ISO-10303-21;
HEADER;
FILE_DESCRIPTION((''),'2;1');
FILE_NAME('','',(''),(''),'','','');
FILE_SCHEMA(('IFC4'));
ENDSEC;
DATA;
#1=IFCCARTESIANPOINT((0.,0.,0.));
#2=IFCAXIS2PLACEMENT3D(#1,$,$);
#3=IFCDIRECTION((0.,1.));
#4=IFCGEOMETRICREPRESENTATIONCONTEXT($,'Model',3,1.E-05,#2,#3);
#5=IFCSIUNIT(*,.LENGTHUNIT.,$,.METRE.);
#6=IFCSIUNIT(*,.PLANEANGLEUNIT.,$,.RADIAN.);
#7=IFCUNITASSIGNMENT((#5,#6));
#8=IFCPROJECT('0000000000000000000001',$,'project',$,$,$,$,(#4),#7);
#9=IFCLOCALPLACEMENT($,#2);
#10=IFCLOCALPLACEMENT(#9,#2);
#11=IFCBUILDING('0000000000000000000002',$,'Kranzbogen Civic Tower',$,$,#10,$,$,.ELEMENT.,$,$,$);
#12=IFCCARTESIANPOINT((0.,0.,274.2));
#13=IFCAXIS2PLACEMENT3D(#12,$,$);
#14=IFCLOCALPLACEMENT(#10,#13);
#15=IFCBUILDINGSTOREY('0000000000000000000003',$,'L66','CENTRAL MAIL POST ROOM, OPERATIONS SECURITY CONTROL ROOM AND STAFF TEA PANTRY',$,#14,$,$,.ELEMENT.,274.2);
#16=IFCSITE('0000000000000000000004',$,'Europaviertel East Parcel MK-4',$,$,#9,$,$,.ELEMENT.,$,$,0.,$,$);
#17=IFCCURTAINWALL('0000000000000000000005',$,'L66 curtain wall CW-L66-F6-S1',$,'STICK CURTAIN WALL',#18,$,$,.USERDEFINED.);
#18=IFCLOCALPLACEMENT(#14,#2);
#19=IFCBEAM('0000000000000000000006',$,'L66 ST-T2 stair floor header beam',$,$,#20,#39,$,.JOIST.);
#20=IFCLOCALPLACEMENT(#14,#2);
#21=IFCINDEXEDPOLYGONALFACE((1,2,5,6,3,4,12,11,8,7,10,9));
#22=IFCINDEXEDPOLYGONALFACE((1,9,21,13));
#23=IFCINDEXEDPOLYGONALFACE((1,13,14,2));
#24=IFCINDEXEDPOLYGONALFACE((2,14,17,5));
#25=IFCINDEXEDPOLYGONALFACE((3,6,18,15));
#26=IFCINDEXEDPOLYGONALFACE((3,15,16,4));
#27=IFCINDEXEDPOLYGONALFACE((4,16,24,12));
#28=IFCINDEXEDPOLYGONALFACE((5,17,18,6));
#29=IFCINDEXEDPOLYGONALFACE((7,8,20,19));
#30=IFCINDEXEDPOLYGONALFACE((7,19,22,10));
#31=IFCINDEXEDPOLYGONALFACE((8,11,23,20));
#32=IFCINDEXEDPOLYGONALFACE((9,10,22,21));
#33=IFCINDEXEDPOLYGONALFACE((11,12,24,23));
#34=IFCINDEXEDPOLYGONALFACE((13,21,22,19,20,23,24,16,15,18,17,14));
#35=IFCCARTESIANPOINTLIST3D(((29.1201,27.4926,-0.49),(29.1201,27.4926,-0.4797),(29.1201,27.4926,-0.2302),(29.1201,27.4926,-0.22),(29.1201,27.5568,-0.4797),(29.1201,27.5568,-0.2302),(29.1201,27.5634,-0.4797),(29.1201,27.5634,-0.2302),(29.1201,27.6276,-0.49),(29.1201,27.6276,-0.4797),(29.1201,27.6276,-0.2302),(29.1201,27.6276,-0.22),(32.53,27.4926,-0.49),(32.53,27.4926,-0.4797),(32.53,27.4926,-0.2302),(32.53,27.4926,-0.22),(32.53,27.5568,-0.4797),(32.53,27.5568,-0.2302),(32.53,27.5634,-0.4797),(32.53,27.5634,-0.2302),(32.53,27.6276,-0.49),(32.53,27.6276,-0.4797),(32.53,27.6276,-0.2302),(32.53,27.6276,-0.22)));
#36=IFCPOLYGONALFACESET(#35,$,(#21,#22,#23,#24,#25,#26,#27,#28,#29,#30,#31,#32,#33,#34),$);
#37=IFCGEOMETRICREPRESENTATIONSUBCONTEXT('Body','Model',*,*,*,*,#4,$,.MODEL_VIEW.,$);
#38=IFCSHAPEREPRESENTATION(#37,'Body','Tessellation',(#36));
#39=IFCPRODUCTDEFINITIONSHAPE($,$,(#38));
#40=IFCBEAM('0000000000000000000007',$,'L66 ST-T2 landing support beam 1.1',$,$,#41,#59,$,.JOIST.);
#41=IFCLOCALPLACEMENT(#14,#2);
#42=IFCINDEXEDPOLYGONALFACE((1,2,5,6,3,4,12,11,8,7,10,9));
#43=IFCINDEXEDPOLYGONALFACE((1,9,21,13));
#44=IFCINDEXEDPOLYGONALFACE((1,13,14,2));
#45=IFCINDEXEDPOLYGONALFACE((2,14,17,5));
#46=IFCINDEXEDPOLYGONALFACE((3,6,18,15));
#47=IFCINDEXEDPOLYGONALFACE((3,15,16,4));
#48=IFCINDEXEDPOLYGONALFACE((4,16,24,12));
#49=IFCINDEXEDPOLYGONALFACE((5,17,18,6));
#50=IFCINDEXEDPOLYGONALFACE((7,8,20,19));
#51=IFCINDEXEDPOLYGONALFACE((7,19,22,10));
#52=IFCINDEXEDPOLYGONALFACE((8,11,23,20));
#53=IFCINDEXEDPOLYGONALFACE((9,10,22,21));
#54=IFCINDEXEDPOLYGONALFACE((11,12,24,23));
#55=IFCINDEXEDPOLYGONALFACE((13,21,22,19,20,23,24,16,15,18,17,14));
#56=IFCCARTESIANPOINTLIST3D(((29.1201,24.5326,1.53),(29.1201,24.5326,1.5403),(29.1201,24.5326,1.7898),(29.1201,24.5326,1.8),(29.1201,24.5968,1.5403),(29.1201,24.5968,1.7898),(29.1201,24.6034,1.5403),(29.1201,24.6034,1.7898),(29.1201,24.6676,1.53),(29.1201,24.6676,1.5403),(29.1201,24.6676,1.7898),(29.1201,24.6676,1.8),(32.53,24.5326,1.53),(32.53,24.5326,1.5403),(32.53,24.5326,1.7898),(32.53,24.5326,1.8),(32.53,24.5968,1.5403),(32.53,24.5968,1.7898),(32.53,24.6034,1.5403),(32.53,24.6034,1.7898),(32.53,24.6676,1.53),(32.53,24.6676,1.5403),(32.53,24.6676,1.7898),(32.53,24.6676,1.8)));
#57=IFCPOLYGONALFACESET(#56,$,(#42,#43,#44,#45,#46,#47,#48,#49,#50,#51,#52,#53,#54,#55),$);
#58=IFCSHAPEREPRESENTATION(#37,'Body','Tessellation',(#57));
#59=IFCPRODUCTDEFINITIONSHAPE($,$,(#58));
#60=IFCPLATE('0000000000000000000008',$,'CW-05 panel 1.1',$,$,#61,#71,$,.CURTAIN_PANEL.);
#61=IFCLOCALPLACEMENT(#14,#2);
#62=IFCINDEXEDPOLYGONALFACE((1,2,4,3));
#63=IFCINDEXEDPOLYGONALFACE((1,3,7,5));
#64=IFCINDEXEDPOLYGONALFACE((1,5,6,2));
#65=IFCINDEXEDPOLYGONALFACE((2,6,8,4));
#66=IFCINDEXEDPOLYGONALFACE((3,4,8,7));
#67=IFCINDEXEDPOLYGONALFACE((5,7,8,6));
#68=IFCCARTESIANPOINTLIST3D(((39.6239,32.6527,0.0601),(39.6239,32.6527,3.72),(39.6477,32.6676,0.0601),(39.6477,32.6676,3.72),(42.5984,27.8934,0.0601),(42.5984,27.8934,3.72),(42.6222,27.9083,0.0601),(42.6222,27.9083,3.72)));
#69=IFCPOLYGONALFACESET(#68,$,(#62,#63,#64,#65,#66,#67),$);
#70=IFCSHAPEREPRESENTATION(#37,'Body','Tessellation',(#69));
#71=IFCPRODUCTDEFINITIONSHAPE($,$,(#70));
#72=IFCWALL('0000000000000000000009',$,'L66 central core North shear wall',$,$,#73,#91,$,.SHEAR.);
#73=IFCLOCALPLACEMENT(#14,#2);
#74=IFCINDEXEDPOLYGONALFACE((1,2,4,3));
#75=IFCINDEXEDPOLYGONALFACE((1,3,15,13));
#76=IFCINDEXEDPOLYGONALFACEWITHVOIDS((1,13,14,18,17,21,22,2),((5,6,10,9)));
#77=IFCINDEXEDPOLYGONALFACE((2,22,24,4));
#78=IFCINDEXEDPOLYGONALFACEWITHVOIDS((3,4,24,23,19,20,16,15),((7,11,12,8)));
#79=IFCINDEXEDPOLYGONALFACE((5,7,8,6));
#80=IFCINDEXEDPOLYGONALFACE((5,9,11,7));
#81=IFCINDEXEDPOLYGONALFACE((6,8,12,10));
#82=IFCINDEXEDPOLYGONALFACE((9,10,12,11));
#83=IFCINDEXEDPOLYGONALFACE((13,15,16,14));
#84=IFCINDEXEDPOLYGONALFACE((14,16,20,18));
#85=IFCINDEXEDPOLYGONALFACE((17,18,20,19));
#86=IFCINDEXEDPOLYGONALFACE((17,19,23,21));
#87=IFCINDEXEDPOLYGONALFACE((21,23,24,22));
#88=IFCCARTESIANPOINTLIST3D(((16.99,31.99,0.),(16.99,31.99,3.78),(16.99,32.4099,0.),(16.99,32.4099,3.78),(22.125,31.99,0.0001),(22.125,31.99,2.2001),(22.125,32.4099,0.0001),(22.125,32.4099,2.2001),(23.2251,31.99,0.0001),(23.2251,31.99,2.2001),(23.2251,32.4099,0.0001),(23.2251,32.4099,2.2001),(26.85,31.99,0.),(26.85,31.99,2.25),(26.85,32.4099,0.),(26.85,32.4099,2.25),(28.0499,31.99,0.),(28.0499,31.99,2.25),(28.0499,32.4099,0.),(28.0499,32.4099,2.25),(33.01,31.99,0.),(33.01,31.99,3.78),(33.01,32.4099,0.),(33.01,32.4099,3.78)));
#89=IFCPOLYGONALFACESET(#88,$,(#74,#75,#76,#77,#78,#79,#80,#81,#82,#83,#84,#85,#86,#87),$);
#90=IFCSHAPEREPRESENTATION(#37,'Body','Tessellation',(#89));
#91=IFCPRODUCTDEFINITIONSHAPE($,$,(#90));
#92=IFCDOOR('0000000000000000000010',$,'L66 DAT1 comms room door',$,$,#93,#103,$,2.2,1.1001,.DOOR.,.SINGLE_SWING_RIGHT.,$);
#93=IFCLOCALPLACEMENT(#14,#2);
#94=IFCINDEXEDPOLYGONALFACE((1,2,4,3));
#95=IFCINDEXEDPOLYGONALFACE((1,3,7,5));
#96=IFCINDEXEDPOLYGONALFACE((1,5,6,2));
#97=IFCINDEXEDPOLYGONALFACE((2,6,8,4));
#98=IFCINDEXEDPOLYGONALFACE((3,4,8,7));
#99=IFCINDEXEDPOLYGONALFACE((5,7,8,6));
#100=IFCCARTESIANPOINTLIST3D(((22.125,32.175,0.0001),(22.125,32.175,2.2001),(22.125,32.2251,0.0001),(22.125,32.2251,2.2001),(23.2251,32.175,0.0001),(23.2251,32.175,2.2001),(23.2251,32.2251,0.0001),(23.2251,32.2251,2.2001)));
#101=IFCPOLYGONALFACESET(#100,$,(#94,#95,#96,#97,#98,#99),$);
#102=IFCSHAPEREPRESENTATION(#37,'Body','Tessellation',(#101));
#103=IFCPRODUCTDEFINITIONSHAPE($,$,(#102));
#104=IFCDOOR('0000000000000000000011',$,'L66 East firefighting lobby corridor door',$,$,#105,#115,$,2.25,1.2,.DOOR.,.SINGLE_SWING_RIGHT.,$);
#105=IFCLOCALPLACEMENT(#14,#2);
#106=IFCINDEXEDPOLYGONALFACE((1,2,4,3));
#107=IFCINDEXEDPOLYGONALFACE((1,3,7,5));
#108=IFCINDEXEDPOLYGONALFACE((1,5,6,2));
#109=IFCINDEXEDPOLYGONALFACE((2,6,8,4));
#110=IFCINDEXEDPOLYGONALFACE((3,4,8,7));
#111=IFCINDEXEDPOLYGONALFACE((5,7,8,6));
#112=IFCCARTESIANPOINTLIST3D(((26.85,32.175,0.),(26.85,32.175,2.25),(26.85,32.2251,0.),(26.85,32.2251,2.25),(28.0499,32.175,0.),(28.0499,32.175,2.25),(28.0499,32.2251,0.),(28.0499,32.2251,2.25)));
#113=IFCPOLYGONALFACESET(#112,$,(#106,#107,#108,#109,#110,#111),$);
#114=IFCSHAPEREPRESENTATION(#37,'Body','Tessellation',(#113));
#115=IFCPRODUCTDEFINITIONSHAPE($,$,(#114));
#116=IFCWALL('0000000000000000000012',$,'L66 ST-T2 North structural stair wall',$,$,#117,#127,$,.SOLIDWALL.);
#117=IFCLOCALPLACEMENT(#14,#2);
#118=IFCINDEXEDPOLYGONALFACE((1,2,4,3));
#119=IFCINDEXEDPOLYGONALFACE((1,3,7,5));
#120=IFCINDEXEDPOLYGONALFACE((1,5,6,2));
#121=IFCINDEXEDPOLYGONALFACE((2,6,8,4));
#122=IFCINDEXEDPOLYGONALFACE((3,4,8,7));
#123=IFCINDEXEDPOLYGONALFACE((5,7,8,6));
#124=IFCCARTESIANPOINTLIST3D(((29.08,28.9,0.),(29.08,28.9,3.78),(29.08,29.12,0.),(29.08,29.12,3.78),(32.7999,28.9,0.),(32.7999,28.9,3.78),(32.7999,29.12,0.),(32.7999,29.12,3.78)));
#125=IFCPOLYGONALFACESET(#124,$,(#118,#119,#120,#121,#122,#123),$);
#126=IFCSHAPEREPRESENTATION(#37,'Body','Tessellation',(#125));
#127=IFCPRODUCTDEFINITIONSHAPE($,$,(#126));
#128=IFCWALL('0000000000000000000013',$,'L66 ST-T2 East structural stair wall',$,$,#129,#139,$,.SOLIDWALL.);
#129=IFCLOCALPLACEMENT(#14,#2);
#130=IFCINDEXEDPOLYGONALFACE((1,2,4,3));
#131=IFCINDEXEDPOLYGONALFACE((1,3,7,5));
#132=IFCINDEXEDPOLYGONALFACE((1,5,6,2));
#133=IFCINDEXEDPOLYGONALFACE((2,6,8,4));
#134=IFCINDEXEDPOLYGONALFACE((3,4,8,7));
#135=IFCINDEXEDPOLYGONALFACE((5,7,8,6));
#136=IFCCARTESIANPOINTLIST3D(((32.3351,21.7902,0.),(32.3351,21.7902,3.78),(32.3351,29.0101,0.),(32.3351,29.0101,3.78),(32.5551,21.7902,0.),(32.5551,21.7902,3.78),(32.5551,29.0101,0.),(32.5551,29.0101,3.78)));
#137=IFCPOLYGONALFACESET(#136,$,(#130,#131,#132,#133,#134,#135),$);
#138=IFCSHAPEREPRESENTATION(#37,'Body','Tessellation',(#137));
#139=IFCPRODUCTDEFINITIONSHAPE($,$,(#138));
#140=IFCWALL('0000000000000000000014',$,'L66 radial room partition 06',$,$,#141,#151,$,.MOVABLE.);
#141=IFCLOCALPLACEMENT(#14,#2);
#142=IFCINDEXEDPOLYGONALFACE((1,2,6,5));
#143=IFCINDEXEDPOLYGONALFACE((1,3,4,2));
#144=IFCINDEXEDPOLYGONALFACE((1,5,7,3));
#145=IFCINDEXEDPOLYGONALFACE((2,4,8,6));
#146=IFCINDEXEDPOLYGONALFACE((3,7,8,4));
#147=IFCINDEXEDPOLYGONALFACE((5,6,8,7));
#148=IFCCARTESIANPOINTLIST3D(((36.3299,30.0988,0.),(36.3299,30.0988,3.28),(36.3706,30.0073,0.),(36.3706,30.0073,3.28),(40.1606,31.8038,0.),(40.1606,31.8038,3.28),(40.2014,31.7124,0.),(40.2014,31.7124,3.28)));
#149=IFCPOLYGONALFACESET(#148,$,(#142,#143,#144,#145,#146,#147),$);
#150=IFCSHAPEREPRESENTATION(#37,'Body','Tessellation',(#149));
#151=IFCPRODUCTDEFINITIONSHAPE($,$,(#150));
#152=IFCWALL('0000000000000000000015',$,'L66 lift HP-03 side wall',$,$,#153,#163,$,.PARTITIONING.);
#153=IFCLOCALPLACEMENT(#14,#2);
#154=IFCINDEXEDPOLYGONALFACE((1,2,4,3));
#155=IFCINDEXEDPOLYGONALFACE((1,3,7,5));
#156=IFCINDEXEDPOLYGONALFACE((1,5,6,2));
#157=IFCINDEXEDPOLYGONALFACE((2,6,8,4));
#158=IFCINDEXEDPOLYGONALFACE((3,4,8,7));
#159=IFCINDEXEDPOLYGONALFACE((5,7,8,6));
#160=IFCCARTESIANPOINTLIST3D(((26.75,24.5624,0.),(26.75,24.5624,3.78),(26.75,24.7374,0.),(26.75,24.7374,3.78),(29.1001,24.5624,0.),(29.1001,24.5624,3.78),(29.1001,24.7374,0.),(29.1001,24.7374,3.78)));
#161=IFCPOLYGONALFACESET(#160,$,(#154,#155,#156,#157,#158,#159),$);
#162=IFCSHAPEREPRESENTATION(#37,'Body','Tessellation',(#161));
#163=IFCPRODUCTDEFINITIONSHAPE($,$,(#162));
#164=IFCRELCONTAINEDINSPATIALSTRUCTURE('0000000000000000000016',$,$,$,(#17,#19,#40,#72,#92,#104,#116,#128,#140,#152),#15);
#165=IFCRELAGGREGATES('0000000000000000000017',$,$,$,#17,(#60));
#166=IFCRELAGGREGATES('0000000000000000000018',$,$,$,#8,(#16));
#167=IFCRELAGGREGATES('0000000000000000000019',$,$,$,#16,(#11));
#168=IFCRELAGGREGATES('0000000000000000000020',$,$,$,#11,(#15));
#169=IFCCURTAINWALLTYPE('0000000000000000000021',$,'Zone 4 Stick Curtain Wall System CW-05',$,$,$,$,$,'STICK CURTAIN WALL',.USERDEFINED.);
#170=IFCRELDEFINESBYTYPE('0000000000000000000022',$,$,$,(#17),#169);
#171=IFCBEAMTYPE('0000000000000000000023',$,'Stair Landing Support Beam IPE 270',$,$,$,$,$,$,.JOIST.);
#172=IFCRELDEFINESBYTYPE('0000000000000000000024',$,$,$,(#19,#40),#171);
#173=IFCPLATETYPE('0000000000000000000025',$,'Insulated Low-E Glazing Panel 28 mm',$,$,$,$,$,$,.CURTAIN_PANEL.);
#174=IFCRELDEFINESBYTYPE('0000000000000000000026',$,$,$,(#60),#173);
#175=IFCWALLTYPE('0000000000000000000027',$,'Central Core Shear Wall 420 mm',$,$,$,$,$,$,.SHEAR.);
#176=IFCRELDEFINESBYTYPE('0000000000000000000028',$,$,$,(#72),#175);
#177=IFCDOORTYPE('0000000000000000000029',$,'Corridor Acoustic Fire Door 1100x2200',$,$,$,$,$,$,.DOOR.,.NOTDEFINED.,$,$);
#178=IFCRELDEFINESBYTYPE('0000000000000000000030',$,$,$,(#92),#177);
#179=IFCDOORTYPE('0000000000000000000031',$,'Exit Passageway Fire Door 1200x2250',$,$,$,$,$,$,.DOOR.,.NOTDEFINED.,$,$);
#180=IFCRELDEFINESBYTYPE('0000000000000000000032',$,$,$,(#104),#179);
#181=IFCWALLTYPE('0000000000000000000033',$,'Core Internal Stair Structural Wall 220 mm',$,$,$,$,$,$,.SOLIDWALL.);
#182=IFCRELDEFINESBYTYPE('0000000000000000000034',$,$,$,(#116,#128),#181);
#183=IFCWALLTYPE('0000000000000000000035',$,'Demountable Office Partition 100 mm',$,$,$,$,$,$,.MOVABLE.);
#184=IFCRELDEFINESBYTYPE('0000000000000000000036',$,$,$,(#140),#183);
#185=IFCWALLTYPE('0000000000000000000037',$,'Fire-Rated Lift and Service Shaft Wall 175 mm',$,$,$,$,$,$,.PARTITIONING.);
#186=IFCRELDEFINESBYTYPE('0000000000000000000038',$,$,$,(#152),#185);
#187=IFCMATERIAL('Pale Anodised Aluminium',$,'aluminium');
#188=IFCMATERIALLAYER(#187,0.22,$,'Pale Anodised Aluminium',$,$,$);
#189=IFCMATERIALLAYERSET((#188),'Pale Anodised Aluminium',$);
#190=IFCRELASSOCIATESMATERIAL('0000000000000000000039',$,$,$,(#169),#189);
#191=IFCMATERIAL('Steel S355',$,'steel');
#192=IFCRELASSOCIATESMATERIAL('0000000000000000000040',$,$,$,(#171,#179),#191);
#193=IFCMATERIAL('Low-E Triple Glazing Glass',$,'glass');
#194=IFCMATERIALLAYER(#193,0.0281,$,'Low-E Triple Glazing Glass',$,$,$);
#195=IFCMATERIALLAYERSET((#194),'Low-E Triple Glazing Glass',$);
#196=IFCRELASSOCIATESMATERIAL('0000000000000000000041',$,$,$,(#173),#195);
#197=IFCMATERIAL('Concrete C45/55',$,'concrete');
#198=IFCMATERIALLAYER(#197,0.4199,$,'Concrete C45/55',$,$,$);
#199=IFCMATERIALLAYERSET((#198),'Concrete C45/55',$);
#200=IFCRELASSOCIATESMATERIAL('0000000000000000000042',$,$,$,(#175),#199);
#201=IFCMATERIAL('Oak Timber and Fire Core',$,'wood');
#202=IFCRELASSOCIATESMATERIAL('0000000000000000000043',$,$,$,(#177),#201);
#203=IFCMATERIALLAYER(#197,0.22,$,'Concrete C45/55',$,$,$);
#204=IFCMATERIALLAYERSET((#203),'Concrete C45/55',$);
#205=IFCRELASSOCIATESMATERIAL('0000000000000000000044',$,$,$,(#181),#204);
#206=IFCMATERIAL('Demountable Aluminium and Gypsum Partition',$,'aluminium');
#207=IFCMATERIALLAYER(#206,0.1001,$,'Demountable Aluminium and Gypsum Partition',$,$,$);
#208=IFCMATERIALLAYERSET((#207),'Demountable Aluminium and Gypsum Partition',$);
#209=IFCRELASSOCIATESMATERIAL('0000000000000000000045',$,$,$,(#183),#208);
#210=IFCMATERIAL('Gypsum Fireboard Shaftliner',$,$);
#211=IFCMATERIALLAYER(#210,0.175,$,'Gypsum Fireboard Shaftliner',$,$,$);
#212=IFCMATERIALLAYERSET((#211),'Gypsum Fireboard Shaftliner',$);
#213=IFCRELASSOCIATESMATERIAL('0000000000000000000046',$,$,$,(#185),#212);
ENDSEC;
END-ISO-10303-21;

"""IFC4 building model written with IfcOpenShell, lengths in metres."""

from ifc_helpers import new_model, si_unit, direction, frame, frame_2d, origin, origin_2d, place, context, subcontext, project, spatial, rectangle, i_section, extrude, material, layer, layer_set, material_profile, profile_set, type_object, element, fill, aggregate, save


model = new_model("IFC4")

# Units and contexts
model_context = context("Model", 3, precision=1e-05, world=origin(), true_north=direction((0.0, 1.0)))
body_context = subcontext(model_context, "Body", "Model", "MODEL_VIEW")
ifc_project = project(units=[si_unit("LENGTHUNIT", "METRE"), si_unit("PLANEANGLEUNIT", "RADIAN")], contexts=[model_context])

# Site, building, storey
site_placement = place(None, origin())
site = spatial("IfcSite", under=ifc_project, at=site_placement, Name="Europaviertel East Parcel MK-4", CompositionType="ELEMENT", RefElevation=0.0)
building_placement = place(site_placement, origin())
building = spatial("IfcBuilding", under=site, at=building_placement, Name="Kranzbogen Civic Tower", CompositionType="ELEMENT")
storey_placement = place(building_placement, frame((0.0, 0.0, 274.2)))
storey = spatial("IfcBuildingStorey", under=building, at=storey_placement, Name="L66", Description="CENTRAL MAIL POST ROOM, OPERATIONS SECURITY CONTROL ROOM AND STAFF TEA PANTRY", CompositionType="ELEMENT", Elevation=274.2)

# Shared definitions
ifc_material_1 = material(Name="Steel S355", Category="steel")

# Curtain wall
ifc_material_2 = material(Name="Pale Anodised Aluminium", Category="aluminium")
ifc_layer_1 = layer(ifc_material_2, 0.22, Name="Pale Anodised Aluminium")
ifc_layer_set_1 = layer_set([ifc_layer_1], Name="Pale Anodised Aluminium")
curtain_wall_type = type_object("IfcCurtainWallType", Name="Zone 4 Stick Curtain Wall System CW-05", ElementType="STICK CURTAIN WALL", PredefinedType="USERDEFINED", material=ifc_layer_set_1)
curtain_wall_placement = place(storey_placement, origin())
curtain_wall = element("IfcCurtainWall", 1, at=curtain_wall_placement, inside=storey, type_object=curtain_wall_type, Name="L66 curtain wall CW-L66-F6-S1", ObjectType="STICK CURTAIN WALL", PredefinedType="USERDEFINED")

# Beams
ifc_material_profile_1 = material_profile(ifc_material_1, i_section(OverallWidth=0.135, OverallDepth=0.27, WebThickness=0.0066, FlangeThickness=0.0103, at=origin_2d()), Name="IPE 270")
ifc_profile_set_1 = profile_set([ifc_material_profile_1], Name="Steel S355")
beam_type_1 = type_object("IfcBeamType", Name="Stair Landing Support Beam IPE 270", PredefinedType="JOIST", material=ifc_profile_set_1)
for number, where, z_axis, x_axis, name in (
    (2, (29.1201, 27.5601, -0.355), (1.0, 0.0, 0.0), (0.0, 1.0, 0.0), "L66 ST-T2 stair floor header beam"),
    (3, (29.1201, 24.6001, 1.665), (1.0, 0.0, 0.0), (0.0, 1.0, 0.0), "L66 ST-T2 landing support beam 1.1"),
):
    element("IfcBeam", number, at=place(storey_placement, frame(where, z_axis=z_axis, x_axis=x_axis)), inside=storey, type_object=beam_type_1, Name=name, PredefinedType="JOIST", context=body_context, shape_type="SweptSolid", body=[
        extrude(i_section(OverallWidth=0.135, OverallDepth=0.27, WebThickness=0.0066, FlangeThickness=0.0103, at=origin_2d()), origin(), (0.0, 0.0, 1.0), 3.4099),
    ])

# Plate
ifc_material_3 = material(Name="Low-E Triple Glazing Glass", Category="glass")
ifc_layer_2 = layer(ifc_material_3, 0.0281, Name="Low-E Triple Glazing Glass")
ifc_layer_set_2 = layer_set([ifc_layer_2], Name="Low-E Triple Glazing Glass")
plate_type = type_object("IfcPlateType", Name="Insulated Low-E Glazing Panel 28 mm", PredefinedType="CURTAIN_PANEL", material=ifc_layer_set_2)
plate_placement = place(storey_placement, frame((41.123, 30.2805, 0.0601), z_axis=(0.0, 0.0, 1.0), x_axis=(-0.529983, 0.848008, 0.0)))
plate = element("IfcPlate", 4, at=plate_placement, type_object=plate_type, Name="CW-05 panel 1.1", PredefinedType="CURTAIN_PANEL", context=body_context, shape_type="SweptSolid", body=[
    extrude(rectangle(XDim=5.6123, YDim=0.0281, at=origin_2d()), origin(), (0.0, 0.0, 1.0), 3.6599),
])
aggregate(curtain_wall, [plate])

# Wall, openings, doors
ifc_material_4 = material(Name="Concrete C45/55", Category="concrete")
ifc_layer_3 = layer(ifc_material_4, 0.4199, Name="Concrete C45/55")
ifc_layer_set_3 = layer_set([ifc_layer_3], Name="Concrete C45/55")
wall_type_1 = type_object("IfcWallType", Name="Central Core Shear Wall 420 mm", PredefinedType="SHEAR", material=ifc_layer_set_3)
wall_1_placement = place(storey_placement, frame((33.01, 32.2, 0.0), z_axis=(0.0, 0.0, 1.0), x_axis=(-1.0, 0.0, 0.0)))
wall_1 = element("IfcWall", 5, at=wall_1_placement, inside=storey, type_object=wall_type_1, Name="L66 central core North shear wall", PredefinedType="SHEAR", context=body_context, shape_type="SweptSolid", body=[
    extrude(rectangle(XDim=16.02, YDim=0.4199, at=frame_2d((8.01, 0.0))), origin(), (0.0, 0.0, 1.0), 3.78),
])
opening_1_placement = place(wall_1_placement, frame((4.96, 0.0, 0.0)))
opening_1 = element("IfcOpeningElement", 6, at=opening_1_placement, cuts=wall_1, PredefinedType="OPENING", context=body_context, shape_type="SweptSolid", body=[
    extrude(rectangle(XDim=1.2, YDim=2.25, at=frame_2d((0.6001, 1.125))), frame((0.0, 0.22, 0.0), z_axis=(0.0, -1.0, 0.0), x_axis=(1.0, 0.0, 0.0)), (0.0, 0.0, 1.0), 0.4399),
])
opening_2_placement = place(wall_1_placement, frame((9.7849, 0.0, 0.0)))
opening_2 = element("IfcOpeningElement", 7, at=opening_2_placement, cuts=wall_1, PredefinedType="OPENING", context=body_context, shape_type="SweptSolid", body=[
    extrude(rectangle(XDim=1.1001, YDim=2.2, at=frame_2d((0.55, 1.1001))), frame((0.0, 0.22, 0.0), z_axis=(0.0, -1.0, 0.0), x_axis=(1.0, 0.0, 0.0)), (0.0, 0.0, 1.0), 0.4399),
])
ifc_material_5 = material(Name="Oak Timber and Fire Core", Category="wood")
door_type_1 = type_object("IfcDoorType", Name="Corridor Acoustic Fire Door 1100x2200", OperationType="NOTDEFINED", PredefinedType="DOOR", material=ifc_material_5)
door_1_placement = place(opening_2_placement, origin())
door_1 = element("IfcDoor", 8, at=door_1_placement, inside=storey, type_object=door_type_1, Name="L66 DAT1 comms room door", OperationType="SINGLE_SWING_RIGHT", OverallHeight=2.2, OverallWidth=1.1001, PredefinedType="DOOR", context=body_context, shape_type="SweptSolid", body=[
    extrude(rectangle(XDim=1.1001, YDim=2.2, at=frame_2d((0.55, 1.1001))), frame((0.0, 0.0249, 0.0), z_axis=(0.0, -1.0, 0.0), x_axis=(1.0, 0.0, 0.0)), (0.0, 0.0, 1.0), 0.05),
])
fill(opening_2, door_1)
door_type_2 = type_object("IfcDoorType", Name="Exit Passageway Fire Door 1200x2250", OperationType="NOTDEFINED", PredefinedType="DOOR", material=ifc_material_1)
door_2_placement = place(opening_1_placement, origin())
door_2 = element("IfcDoor", 9, at=door_2_placement, inside=storey, type_object=door_type_2, Name="L66 East firefighting lobby corridor door", OperationType="SINGLE_SWING_RIGHT", OverallHeight=2.25, OverallWidth=1.2, PredefinedType="DOOR", context=body_context, shape_type="SweptSolid", body=[
    extrude(rectangle(XDim=1.2, YDim=2.25, at=frame_2d((0.6001, 1.125))), frame((0.0, 0.0249, 0.0), z_axis=(0.0, -1.0, 0.0), x_axis=(1.0, 0.0, 0.0)), (0.0, 0.0, 1.0), 0.05),
])
fill(opening_1, door_2)

# Walls
ifc_layer_4 = layer(ifc_material_4, 0.22, Name="Concrete C45/55")
ifc_layer_set_4 = layer_set([ifc_layer_4], Name="Concrete C45/55")
wall_type_2 = type_object("IfcWallType", Name="Core Internal Stair Structural Wall 220 mm", PredefinedType="SOLIDWALL", material=ifc_layer_set_4)
wall_2_placement = place(storey_placement, frame((29.0801, 29.01, 0.0), z_axis=(0.0, 0.0, 1.0), x_axis=(1.0, 0.0, 0.0)))
element("IfcWall", 10, at=wall_2_placement, inside=storey, type_object=wall_type_2, Name="L66 ST-T2 North structural stair wall", PredefinedType="SOLIDWALL", context=body_context, shape_type="SweptSolid", body=[
    extrude(rectangle(XDim=3.72, YDim=0.22, at=frame_2d((1.8599, 0.0))), origin(), (0.0, 0.0, 1.0), 3.78),
])
wall_3_placement = place(storey_placement, frame((32.4451, 29.01, 0.0), z_axis=(0.0, 0.0, 1.0), x_axis=(0.0, -1.0, 0.0)))
element("IfcWall", 11, at=wall_3_placement, inside=storey, type_object=wall_type_2, Name="L66 ST-T2 East structural stair wall", PredefinedType="SOLIDWALL", context=body_context, shape_type="SweptSolid", body=[
    extrude(rectangle(XDim=7.22, YDim=0.22, at=frame_2d((3.6099, 0.0))), origin(), (0.0, 0.0, 1.0), 3.78),
])
ifc_material_6 = material(Name="Demountable Aluminium and Gypsum Partition", Category="aluminium")
ifc_layer_5 = layer(ifc_material_6, 0.1001, Name="Demountable Aluminium and Gypsum Partition")
ifc_layer_set_5 = layer_set([ifc_layer_5], Name="Demountable Aluminium and Gypsum Partition")
wall_type_3 = type_object("IfcWallType", Name="Demountable Office Partition 100 mm", PredefinedType="MOVABLE", material=ifc_layer_set_5)
wall_4_placement = place(storey_placement, frame((36.3501, 30.053, 0.0), z_axis=(0.0, 0.0, 1.0), x_axis=(0.913591, 0.406635, 0.0)))
element("IfcWall", 12, at=wall_4_placement, inside=storey, type_object=wall_type_3, Name="L66 radial room partition 06", PredefinedType="MOVABLE", context=body_context, shape_type="SweptSolid", body=[
    extrude(rectangle(XDim=4.1931, YDim=0.1001, at=frame_2d((2.0967, 0.0))), origin(), (0.0, 0.0, 1.0), 3.28),
])
ifc_material_7 = material(Name="Gypsum Fireboard Shaftliner")
ifc_layer_6 = layer(ifc_material_7, 0.175, Name="Gypsum Fireboard Shaftliner")
ifc_layer_set_6 = layer_set([ifc_layer_6], Name="Gypsum Fireboard Shaftliner")
wall_type_4 = type_object("IfcWallType", Name="Fire-Rated Lift and Service Shaft Wall 175 mm", PredefinedType="PARTITIONING", material=ifc_layer_set_6)
wall_5_placement = place(storey_placement, frame((26.75, 24.6499, 0.0), z_axis=(0.0, 0.0, 1.0), x_axis=(1.0, 0.0, 0.0)))
element("IfcWall", 13, at=wall_5_placement, inside=storey, type_object=wall_type_4, Name="L66 lift HP-03 side wall", PredefinedType="PARTITIONING", context=body_context, shape_type="SweptSolid", body=[
    extrude(rectangle(XDim=2.3501, YDim=0.175, at=frame_2d((1.175, 0.0))), origin(), (0.0, 0.0, 1.0), 3.78),
])

save(model, "model.ifc")
